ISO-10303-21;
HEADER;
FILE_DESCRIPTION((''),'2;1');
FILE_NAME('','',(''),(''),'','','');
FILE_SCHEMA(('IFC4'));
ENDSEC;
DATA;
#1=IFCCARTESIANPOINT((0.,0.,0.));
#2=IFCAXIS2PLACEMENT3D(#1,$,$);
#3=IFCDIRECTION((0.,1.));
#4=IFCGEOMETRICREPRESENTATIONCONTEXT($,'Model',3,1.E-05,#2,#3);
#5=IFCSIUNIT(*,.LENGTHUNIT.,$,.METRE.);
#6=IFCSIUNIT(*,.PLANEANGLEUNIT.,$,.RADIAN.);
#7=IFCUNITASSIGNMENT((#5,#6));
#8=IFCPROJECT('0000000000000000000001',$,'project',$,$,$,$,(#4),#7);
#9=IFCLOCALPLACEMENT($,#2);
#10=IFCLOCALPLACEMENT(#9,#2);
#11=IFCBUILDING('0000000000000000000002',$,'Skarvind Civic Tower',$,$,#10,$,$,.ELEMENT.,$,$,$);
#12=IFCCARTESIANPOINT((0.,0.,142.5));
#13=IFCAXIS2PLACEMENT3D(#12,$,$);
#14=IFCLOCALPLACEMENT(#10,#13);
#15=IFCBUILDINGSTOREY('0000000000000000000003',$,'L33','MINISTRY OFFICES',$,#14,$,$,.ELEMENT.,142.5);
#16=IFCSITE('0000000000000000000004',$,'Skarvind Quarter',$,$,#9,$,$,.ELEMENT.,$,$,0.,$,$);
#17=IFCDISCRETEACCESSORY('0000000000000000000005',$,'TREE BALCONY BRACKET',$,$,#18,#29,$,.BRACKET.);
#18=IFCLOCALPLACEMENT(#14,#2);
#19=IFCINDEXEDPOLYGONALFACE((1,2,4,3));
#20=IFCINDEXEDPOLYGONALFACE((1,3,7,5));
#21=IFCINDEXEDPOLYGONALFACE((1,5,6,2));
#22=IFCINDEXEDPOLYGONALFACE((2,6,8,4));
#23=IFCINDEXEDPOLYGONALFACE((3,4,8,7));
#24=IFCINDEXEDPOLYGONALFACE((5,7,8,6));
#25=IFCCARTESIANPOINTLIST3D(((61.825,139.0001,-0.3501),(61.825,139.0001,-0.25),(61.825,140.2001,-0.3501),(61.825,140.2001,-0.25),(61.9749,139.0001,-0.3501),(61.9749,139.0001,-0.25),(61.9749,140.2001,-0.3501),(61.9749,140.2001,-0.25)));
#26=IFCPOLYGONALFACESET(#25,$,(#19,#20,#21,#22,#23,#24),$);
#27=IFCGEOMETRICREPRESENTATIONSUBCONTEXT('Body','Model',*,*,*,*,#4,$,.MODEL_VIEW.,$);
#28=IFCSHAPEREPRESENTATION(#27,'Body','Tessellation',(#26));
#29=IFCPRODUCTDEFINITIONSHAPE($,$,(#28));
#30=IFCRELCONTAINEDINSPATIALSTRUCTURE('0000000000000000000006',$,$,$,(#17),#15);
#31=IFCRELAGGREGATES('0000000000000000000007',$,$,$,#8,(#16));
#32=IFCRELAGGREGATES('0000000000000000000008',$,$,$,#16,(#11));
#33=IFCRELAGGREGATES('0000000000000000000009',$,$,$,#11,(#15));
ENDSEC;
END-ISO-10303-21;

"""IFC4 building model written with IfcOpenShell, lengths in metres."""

from ifc_helpers import new_model, si_unit, direction, frame, origin, origin_2d, place, context, subcontext, project, spatial, rectangle, extrude, element, save


model = new_model("IFC4")

# Units and contexts
model_context = context("Model", 3, precision=1e-05, world=origin(), true_north=direction((0.0, 1.0)))
body_context = subcontext(model_context, "Body", "Model", "MODEL_VIEW")
ifc_project = project(units=[si_unit("LENGTHUNIT", "METRE"), si_unit("PLANEANGLEUNIT", "RADIAN")], contexts=[model_context])

# Site, building, storey
site_placement = place(None, origin())
site = spatial("IfcSite", under=ifc_project, at=site_placement, Name="Skarvind Quarter", CompositionType="ELEMENT", RefElevation=0.0)
building_placement = place(site_placement, origin())
building = spatial("IfcBuilding", under=site, at=building_placement, Name="Skarvind Civic Tower", CompositionType="ELEMENT")
storey_placement = place(building_placement, frame((0.0, 0.0, 142.5)))
storey = spatial("IfcBuildingStorey", under=building, at=storey_placement, Name="L33", Description="MINISTRY OFFICES", CompositionType="ELEMENT", Elevation=142.5)

# Discrete accessory
for number, where, z_axis, x_axis, name in (
    (1, (61.8999, 139.6001, -0.3501), (0.0, 0.0, 1.0), (1.0, 0.0, 0.0), "TREE BALCONY BRACKET"),
):
    element("IfcDiscreteAccessory", number, at=place(storey_placement, frame(where, z_axis=z_axis, x_axis=x_axis)), inside=storey, Name=name, PredefinedType="BRACKET", context=body_context, shape_type="SweptSolid", body=[
        extrude(rectangle(XDim=0.1499, YDim=1.2, at=origin_2d()), origin(), (0.0, 0.0, 1.0), 0.1001),
    ])

save(model, "model.ifc")
